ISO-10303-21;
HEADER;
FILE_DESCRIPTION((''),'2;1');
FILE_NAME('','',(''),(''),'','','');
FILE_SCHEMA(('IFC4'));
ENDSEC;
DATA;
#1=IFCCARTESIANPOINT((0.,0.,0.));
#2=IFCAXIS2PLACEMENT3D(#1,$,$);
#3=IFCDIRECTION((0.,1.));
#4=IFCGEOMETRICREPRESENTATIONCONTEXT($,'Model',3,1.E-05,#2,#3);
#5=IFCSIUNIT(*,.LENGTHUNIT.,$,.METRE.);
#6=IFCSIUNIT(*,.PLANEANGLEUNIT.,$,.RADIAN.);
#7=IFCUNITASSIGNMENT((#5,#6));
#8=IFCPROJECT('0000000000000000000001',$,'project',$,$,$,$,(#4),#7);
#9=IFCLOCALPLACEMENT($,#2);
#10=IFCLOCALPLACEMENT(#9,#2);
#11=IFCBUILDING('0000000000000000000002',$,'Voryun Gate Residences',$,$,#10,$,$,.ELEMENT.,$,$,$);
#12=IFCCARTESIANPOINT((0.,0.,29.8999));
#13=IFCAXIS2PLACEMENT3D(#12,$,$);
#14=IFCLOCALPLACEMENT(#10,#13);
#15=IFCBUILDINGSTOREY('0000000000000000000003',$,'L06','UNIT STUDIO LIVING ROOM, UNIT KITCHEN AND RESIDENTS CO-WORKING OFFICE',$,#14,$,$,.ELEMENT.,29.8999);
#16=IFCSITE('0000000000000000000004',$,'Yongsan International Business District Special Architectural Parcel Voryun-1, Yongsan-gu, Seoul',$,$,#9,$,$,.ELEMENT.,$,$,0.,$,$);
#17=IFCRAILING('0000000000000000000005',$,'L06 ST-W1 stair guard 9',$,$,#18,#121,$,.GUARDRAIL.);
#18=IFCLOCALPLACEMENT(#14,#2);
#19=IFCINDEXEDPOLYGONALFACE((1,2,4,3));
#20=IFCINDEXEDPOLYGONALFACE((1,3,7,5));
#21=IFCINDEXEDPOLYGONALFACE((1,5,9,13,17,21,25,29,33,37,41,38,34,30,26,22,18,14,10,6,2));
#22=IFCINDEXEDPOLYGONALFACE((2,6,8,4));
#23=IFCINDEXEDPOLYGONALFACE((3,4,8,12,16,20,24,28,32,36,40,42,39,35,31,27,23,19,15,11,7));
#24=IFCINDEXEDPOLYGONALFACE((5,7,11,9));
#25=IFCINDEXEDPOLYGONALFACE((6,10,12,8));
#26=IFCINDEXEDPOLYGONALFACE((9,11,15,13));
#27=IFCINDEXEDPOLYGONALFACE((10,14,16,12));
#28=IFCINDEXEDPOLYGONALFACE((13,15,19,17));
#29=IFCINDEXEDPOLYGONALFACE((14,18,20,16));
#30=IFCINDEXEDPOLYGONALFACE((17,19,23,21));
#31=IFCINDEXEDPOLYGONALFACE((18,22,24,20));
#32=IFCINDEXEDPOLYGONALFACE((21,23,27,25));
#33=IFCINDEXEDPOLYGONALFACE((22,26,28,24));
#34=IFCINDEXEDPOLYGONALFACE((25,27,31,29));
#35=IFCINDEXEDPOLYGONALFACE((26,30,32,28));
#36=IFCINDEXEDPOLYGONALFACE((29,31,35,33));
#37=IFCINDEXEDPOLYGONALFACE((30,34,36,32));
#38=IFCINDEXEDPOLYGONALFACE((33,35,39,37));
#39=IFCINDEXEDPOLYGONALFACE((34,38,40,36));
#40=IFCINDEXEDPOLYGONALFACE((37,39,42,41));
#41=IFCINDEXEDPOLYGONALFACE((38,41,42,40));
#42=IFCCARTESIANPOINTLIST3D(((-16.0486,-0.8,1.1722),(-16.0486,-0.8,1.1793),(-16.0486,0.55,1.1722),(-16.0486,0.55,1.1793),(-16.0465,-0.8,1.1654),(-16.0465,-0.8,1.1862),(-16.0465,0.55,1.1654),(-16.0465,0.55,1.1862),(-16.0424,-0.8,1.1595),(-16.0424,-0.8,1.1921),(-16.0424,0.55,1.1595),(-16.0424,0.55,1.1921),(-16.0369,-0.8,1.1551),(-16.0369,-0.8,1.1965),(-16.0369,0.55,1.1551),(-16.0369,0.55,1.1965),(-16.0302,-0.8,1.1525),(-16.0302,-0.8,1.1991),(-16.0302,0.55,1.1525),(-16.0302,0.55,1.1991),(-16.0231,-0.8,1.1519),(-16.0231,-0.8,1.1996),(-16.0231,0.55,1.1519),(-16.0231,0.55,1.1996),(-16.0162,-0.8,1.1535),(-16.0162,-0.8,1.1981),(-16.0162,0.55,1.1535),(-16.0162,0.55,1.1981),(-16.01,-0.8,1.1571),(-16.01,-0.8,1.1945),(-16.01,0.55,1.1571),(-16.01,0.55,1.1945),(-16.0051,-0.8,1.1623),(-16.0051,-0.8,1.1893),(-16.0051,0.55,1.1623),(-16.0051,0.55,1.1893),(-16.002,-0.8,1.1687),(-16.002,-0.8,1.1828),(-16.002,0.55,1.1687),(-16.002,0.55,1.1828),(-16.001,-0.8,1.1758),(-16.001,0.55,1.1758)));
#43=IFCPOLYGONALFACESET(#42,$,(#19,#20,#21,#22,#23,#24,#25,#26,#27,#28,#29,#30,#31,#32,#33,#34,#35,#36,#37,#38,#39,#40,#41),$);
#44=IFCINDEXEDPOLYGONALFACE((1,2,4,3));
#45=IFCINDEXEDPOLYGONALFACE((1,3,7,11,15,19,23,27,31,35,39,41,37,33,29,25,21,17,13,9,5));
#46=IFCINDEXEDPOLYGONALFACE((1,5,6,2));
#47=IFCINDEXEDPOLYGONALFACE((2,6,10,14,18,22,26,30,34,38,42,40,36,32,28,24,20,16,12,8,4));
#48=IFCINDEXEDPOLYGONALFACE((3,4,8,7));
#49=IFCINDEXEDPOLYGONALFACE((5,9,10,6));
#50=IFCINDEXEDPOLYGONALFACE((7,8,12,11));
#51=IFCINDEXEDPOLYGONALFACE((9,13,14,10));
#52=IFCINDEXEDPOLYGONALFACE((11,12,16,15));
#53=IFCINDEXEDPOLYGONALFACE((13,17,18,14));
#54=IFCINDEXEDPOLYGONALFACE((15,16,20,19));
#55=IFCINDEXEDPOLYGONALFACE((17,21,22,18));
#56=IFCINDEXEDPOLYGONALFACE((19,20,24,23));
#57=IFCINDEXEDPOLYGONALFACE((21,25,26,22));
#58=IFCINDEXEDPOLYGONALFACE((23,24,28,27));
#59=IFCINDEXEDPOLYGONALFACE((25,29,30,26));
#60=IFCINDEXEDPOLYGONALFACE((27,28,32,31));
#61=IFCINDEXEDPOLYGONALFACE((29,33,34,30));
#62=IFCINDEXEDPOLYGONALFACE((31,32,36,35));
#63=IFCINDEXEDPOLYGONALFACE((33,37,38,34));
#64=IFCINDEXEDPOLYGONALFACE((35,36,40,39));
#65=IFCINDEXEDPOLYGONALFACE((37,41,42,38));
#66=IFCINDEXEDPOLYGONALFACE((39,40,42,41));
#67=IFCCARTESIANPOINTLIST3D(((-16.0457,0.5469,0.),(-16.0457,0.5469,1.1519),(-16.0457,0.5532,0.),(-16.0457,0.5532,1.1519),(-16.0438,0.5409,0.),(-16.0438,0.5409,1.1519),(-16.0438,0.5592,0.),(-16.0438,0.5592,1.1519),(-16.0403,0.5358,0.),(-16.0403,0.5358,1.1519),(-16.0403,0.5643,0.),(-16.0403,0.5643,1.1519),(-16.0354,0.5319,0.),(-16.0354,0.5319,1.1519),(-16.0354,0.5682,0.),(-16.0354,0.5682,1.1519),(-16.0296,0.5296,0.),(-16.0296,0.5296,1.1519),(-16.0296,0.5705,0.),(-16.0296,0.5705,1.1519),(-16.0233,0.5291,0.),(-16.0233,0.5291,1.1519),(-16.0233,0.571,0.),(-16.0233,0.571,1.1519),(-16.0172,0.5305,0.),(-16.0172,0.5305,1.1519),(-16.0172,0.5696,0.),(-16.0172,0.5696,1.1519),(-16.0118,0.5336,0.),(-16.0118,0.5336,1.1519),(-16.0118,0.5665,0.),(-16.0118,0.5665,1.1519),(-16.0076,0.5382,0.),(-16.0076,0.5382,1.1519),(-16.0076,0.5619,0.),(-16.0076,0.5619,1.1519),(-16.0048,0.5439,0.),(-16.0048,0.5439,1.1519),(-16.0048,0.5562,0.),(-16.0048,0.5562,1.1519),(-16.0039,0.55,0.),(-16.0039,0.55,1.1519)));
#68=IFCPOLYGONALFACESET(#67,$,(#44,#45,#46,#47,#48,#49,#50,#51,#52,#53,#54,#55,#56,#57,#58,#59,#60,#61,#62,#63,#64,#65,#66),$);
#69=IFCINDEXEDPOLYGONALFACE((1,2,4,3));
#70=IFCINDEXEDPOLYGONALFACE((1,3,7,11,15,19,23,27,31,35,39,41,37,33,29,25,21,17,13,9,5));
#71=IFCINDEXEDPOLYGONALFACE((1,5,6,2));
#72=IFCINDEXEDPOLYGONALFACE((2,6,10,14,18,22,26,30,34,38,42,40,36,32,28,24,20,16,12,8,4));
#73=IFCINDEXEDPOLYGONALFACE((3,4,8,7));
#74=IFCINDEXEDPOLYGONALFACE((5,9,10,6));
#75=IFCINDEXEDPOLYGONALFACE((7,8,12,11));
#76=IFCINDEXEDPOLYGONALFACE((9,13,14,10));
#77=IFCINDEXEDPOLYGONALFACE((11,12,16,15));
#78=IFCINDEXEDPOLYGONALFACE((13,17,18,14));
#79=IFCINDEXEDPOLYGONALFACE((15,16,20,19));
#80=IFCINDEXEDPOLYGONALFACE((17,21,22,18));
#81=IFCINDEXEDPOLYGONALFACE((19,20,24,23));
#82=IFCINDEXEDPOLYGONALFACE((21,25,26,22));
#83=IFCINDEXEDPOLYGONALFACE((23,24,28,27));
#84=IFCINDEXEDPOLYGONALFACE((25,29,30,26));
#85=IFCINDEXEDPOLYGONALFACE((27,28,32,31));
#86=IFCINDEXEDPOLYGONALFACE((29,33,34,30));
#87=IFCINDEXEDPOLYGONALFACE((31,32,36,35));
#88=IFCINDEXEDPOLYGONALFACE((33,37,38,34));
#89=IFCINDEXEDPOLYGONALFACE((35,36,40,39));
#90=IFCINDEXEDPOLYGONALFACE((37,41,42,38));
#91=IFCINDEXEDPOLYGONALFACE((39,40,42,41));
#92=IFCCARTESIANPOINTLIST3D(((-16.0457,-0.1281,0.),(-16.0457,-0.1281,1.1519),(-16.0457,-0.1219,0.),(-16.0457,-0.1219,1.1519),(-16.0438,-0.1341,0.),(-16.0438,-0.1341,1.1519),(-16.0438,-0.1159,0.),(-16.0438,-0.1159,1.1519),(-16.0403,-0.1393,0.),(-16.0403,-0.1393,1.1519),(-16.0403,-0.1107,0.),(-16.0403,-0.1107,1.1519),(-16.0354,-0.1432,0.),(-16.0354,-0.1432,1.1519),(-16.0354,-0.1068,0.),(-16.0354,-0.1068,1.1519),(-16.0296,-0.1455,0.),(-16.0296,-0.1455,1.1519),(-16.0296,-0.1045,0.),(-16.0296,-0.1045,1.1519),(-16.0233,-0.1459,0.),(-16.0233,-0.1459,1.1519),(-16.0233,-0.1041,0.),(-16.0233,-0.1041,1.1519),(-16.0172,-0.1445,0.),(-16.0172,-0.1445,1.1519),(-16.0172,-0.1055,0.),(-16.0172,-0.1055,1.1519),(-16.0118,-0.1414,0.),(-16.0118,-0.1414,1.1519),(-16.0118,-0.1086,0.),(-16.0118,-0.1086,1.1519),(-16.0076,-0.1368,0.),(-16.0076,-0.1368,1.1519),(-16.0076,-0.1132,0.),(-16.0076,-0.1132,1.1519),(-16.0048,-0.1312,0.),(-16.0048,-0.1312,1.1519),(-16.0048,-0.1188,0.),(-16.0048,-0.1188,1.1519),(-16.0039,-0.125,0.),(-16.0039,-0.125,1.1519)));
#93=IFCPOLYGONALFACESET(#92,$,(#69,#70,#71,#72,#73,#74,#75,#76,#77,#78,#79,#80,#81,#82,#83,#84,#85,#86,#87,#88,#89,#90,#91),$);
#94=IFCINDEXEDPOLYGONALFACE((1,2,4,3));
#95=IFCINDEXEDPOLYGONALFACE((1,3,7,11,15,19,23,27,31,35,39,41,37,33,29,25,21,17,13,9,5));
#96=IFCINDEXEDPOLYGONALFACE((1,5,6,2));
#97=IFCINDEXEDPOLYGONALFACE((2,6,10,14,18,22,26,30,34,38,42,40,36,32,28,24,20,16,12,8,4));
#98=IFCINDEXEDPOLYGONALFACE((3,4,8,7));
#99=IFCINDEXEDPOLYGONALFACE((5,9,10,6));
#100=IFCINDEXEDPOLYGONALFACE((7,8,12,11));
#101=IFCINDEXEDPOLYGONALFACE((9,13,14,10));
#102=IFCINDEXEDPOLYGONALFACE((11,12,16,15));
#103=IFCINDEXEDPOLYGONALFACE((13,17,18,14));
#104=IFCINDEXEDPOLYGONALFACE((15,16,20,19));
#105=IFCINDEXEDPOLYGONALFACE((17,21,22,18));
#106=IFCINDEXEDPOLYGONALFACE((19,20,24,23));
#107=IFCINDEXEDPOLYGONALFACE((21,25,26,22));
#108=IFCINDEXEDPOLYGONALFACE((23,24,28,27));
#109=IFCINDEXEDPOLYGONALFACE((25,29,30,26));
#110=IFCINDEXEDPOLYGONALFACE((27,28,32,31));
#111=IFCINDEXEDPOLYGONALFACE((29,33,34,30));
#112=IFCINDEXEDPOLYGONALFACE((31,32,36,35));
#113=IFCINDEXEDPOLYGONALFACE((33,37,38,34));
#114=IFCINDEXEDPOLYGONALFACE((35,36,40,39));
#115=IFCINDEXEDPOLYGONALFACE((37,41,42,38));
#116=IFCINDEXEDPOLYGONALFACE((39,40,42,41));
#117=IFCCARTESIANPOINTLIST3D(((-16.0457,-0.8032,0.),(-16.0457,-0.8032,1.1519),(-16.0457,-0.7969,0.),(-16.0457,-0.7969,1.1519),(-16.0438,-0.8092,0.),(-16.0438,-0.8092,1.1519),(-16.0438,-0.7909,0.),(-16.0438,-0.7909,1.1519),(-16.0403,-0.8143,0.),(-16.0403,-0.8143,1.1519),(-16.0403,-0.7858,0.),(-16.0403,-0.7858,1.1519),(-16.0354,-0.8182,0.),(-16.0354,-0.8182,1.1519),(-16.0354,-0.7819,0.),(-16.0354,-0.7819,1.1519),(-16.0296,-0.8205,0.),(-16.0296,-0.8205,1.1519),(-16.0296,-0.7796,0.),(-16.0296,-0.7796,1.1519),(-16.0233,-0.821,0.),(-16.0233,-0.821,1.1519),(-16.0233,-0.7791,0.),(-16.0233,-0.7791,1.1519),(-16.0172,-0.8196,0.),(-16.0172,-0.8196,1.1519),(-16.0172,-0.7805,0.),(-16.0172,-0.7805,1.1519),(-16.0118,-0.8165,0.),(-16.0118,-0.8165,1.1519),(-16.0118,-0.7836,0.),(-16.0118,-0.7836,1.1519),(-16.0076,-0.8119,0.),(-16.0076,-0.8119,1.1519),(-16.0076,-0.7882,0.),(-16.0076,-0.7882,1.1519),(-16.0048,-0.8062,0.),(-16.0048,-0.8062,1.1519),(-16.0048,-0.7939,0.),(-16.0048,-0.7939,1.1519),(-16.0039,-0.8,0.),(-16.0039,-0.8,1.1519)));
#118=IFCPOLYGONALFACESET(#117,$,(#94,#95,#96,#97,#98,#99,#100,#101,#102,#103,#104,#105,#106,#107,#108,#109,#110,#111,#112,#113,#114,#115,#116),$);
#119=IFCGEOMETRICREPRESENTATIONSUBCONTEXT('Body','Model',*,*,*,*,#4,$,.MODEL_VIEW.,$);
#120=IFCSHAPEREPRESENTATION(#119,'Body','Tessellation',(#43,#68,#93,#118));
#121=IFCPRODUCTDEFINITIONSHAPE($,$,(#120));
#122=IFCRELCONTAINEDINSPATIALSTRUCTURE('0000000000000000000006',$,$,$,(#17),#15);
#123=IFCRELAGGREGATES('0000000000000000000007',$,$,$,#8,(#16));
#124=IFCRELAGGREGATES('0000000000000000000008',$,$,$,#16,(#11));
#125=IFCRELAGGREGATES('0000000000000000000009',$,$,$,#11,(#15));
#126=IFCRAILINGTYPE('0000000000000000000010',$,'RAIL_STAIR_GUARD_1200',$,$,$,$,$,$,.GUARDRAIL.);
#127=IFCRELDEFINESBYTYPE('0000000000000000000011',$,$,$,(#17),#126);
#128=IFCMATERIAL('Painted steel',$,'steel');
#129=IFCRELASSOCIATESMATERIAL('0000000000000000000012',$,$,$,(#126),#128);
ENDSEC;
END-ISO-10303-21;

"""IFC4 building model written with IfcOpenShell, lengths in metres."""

from ifc_helpers import new_model, si_unit, direction, frame, origin, origin_2d, place, context, subcontext, project, spatial, circle, extrude, material, type_object, element, save


model = new_model("IFC4")

# Units and contexts
model_context = context("Model", 3, precision=1e-05, world=origin(), true_north=direction((0.0, 1.0)))
body_context = subcontext(model_context, "Body", "Model", "MODEL_VIEW")
ifc_project = project(units=[si_unit("LENGTHUNIT", "METRE"), si_unit("PLANEANGLEUNIT", "RADIAN")], contexts=[model_context])

# Site, building, storey
site_placement = place(None, origin())
site = spatial("IfcSite", under=ifc_project, at=site_placement, Name="Yongsan International Business District Special Architectural Parcel Voryun-1, Yongsan-gu, Seoul", CompositionType="ELEMENT", RefElevation=0.0)
building_placement = place(site_placement, origin())
building = spatial("IfcBuilding", under=site, at=building_placement, Name="Voryun Gate Residences", CompositionType="ELEMENT")
storey_placement = place(building_placement, frame((0.0, 0.0, 29.8999)))
storey = spatial("IfcBuildingStorey", under=building, at=storey_placement, Name="L06", Description="UNIT STUDIO LIVING ROOM, UNIT KITCHEN AND RESIDENTS CO-WORKING OFFICE", CompositionType="ELEMENT", Elevation=29.8999)

# Railing
ifc_material_1 = material(Name="Painted steel", Category="steel")
railing_type = type_object("IfcRailingType", Name="RAIL_STAIR_GUARD_1200", PredefinedType="GUARDRAIL", material=ifc_material_1)
for number, where, name in (
    (1, (-16.0249, 0.55, 0.0), "L06 ST-W1 stair guard 9"),
):
    element("IfcRailing", number, at=place(storey_placement, frame(where)), inside=storey, type_object=railing_type, Name=name, PredefinedType="GUARDRAIL", context=body_context, shape_type="SweptSolid", body=[
        extrude(circle(Radius=0.0239, at=origin_2d()), frame((0.0, 0.0, 1.1758), z_axis=(0.0, -1.0, 0.0), x_axis=(1.0, 0.0, 0.0)), (0.0, 0.0, 1.0), 1.3501),
        extrude(circle(Radius=0.021, at=origin_2d()), origin(), (0.0, 0.0, 1.0), 1.1519),
        extrude(circle(Radius=0.021, at=origin_2d()), frame((0.0, -0.675, 0.0)), (0.0, 0.0, 1.0), 1.1519),
        extrude(circle(Radius=0.021, at=origin_2d()), frame((0.0, -1.3501, 0.0)), (0.0, 0.0, 1.0), 1.1519),
    ])

save(model, "model.ifc")
